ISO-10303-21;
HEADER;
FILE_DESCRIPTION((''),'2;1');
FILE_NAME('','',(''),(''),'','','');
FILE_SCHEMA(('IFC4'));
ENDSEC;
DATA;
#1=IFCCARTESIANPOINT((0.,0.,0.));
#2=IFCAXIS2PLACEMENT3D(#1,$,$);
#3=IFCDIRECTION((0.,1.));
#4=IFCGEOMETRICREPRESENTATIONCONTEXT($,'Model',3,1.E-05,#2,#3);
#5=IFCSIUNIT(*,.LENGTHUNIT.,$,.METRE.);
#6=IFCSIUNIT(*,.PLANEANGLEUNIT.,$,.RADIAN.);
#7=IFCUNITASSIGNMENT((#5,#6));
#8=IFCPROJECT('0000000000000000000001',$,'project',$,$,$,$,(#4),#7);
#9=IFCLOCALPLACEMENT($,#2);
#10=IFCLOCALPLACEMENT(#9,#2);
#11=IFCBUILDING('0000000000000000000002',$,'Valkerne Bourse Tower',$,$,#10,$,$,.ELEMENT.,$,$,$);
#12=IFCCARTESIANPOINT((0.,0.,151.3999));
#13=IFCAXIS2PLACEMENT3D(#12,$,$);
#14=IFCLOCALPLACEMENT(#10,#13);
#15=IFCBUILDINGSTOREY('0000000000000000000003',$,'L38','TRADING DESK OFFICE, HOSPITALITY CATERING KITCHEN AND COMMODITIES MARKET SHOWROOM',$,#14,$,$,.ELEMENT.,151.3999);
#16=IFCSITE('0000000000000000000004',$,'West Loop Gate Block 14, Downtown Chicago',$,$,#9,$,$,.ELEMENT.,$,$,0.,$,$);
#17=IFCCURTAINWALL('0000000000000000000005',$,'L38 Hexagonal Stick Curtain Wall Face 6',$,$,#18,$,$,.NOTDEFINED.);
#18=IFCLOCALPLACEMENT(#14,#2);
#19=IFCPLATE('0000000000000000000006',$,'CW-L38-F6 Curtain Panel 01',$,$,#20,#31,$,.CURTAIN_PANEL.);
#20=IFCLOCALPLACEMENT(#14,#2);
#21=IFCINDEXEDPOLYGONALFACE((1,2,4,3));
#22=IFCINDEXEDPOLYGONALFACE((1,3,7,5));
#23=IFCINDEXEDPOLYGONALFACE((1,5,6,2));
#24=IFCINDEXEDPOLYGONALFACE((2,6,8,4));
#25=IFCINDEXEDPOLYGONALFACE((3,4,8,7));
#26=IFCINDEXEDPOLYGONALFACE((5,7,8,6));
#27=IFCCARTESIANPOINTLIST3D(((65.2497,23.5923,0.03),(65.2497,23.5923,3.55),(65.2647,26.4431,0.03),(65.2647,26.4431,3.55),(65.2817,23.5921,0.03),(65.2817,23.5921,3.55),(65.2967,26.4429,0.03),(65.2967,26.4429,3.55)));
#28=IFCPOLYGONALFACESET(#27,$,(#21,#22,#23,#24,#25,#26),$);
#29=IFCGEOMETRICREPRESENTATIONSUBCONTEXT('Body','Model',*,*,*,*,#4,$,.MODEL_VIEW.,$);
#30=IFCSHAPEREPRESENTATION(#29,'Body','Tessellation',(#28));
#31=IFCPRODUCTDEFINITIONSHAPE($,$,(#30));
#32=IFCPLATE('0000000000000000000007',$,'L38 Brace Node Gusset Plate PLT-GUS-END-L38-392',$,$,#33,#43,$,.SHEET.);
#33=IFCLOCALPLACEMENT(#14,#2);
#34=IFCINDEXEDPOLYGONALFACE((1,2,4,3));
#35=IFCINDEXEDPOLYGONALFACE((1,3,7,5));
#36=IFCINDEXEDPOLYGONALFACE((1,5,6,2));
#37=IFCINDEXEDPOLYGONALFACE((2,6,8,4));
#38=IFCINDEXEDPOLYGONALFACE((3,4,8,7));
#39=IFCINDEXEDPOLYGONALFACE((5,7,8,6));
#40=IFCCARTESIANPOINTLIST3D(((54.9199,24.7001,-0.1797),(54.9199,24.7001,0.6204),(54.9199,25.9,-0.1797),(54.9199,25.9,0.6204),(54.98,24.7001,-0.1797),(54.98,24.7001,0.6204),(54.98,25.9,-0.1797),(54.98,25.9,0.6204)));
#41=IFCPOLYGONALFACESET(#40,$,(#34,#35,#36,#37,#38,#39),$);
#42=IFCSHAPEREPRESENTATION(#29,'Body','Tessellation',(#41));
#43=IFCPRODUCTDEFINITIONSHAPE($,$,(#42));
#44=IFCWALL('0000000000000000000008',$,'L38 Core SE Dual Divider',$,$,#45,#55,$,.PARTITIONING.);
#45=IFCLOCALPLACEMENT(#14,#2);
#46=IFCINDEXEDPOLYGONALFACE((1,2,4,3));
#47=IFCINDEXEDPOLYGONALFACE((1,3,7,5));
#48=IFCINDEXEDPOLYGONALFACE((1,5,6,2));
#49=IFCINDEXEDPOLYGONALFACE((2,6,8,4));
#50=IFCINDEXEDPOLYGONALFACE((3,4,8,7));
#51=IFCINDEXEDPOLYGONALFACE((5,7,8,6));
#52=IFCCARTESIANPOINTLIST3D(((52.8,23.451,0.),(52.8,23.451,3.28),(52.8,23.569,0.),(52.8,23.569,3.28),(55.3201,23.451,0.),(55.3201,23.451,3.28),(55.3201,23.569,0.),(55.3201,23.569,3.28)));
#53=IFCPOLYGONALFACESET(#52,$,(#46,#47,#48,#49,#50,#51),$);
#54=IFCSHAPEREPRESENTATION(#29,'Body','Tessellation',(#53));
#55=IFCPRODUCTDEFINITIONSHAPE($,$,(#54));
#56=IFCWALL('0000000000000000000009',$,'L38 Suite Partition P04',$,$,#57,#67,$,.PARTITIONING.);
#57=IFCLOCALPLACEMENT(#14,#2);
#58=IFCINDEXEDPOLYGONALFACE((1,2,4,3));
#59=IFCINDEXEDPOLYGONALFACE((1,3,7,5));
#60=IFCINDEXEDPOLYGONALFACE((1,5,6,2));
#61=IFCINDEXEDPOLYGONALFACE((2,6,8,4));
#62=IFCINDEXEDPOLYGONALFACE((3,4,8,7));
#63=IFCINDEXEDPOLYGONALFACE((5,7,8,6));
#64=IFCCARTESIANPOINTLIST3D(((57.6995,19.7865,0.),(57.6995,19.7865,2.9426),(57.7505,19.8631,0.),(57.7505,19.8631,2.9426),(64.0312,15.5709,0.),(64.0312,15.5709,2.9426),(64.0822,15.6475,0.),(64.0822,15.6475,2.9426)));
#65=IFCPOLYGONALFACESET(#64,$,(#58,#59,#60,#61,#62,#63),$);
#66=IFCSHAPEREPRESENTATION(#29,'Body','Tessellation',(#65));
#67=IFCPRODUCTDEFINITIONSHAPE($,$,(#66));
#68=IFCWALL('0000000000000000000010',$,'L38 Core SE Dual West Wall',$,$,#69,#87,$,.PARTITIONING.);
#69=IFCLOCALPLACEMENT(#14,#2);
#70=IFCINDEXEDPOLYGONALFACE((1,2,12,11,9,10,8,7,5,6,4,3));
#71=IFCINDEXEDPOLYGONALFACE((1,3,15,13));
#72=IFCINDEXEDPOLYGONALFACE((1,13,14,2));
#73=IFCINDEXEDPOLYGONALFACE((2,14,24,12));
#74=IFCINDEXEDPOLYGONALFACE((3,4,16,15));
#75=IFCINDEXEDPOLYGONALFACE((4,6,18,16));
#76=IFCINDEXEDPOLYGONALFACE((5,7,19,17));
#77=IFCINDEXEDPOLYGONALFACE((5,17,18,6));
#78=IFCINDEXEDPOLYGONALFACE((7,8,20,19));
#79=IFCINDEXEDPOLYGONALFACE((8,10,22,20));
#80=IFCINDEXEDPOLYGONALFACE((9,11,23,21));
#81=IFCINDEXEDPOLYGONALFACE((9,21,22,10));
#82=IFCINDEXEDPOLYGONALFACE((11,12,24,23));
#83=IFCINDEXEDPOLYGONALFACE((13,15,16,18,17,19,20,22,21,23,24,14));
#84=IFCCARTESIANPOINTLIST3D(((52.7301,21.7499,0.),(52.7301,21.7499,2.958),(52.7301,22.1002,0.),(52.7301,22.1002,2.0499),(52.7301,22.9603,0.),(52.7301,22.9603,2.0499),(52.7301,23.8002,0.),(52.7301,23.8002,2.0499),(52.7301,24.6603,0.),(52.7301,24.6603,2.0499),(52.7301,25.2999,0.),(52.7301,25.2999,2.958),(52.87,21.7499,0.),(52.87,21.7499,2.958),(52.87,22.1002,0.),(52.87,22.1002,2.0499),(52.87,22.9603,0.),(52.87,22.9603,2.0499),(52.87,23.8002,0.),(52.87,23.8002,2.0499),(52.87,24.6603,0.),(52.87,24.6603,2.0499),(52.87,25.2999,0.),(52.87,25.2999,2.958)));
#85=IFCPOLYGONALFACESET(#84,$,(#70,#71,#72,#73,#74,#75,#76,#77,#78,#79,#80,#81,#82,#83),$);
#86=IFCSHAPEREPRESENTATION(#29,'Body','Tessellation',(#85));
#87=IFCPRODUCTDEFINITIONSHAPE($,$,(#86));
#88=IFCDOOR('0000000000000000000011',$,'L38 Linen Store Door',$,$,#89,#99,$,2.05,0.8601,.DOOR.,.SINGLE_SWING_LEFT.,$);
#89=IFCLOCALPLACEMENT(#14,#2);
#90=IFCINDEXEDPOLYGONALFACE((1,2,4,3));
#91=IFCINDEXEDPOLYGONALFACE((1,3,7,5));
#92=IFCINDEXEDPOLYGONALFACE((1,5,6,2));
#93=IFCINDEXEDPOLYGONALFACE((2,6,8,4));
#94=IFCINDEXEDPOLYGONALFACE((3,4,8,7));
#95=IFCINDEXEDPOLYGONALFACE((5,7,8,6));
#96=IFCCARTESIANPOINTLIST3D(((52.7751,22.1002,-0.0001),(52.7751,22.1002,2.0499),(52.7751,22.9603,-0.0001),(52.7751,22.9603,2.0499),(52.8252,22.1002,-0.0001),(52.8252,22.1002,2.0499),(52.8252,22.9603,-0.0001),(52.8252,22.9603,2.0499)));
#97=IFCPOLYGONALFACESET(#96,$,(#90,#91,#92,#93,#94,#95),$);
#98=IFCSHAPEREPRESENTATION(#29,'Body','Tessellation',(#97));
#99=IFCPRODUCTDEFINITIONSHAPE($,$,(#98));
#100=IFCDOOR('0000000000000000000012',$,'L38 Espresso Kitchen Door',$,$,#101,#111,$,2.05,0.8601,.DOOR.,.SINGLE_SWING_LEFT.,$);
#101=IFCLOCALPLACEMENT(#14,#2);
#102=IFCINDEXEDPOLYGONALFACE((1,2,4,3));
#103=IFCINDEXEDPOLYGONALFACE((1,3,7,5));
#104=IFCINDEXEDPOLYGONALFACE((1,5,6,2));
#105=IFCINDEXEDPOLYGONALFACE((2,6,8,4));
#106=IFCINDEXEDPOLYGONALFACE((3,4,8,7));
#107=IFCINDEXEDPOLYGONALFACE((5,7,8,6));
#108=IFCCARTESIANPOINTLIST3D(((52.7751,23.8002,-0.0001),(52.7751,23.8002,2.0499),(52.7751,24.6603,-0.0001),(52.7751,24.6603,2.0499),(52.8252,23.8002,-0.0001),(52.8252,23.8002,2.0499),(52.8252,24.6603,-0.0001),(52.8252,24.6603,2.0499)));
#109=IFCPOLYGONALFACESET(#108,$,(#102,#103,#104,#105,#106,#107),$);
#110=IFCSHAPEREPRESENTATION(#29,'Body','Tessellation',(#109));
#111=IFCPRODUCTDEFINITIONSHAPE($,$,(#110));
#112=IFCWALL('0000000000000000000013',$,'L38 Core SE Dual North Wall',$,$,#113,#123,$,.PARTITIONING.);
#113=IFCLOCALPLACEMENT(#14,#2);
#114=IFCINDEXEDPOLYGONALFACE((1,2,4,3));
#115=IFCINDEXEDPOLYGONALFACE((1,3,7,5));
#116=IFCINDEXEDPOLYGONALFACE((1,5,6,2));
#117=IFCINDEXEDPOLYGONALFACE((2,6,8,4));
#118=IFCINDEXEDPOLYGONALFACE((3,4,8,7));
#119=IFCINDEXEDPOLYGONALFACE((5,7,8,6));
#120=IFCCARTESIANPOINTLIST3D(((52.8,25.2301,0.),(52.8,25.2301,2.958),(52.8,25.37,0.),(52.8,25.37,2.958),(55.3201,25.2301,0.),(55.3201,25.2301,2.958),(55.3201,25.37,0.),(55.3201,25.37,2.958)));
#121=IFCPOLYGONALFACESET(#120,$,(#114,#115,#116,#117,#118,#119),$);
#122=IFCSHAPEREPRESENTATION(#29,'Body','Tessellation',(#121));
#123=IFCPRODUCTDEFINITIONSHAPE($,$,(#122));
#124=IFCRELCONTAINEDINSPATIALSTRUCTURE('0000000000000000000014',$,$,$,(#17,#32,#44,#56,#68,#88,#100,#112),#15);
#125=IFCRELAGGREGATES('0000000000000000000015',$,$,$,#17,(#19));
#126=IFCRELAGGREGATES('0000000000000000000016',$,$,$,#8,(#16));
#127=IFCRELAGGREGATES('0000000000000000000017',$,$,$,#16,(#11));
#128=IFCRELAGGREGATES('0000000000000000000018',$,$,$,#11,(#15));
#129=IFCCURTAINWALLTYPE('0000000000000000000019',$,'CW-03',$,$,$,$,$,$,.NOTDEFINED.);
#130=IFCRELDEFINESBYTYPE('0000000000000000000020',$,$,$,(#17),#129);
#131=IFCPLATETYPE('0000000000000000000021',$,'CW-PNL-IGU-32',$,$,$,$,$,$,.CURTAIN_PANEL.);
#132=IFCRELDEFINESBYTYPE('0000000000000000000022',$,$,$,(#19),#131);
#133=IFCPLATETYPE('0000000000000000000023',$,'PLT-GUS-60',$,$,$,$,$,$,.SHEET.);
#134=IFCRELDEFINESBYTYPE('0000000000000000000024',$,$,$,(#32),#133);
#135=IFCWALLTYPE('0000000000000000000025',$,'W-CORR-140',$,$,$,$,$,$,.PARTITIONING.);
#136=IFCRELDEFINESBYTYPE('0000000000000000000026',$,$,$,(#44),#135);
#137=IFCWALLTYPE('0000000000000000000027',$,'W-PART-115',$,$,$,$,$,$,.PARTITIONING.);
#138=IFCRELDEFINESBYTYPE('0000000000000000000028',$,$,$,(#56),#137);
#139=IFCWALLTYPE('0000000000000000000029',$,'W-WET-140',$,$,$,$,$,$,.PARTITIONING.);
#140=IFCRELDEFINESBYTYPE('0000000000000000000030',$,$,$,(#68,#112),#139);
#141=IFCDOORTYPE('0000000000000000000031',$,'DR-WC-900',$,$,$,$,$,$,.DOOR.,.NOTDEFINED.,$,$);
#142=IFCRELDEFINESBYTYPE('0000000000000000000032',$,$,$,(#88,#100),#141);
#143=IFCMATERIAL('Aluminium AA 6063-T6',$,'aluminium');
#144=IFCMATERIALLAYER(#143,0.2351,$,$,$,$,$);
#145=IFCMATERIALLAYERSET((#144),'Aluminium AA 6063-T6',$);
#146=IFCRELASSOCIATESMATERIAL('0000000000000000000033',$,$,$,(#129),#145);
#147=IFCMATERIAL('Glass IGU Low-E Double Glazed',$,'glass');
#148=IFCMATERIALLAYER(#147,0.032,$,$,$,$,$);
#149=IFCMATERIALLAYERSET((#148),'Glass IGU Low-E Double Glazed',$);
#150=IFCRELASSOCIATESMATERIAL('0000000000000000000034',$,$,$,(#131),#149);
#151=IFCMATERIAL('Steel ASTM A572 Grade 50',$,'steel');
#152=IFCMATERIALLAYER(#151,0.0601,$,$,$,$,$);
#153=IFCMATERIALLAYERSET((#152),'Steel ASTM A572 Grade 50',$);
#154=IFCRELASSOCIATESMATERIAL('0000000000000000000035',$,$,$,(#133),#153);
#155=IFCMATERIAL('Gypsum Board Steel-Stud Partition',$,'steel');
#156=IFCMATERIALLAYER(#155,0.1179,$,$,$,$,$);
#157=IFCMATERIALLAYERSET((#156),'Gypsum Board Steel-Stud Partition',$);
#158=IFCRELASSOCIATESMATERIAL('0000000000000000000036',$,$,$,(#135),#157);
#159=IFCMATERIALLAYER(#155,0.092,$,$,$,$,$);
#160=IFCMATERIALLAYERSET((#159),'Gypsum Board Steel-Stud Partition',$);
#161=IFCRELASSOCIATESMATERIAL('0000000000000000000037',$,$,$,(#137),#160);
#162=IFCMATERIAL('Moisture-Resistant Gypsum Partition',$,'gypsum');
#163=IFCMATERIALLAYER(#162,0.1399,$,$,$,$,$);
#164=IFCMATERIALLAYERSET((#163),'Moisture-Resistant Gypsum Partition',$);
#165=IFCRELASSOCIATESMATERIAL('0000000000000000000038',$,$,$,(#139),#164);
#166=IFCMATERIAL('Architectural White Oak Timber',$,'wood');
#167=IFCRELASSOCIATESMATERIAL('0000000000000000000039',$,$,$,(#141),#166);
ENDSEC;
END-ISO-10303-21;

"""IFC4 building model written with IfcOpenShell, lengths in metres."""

from ifc_helpers import new_model, si_unit, direction, frame, frame_2d, origin, origin_2d, place, context, subcontext, project, spatial, rectangle, extrude, material, layer, layer_set, type_object, element, fill, aggregate, save


model = new_model("IFC4")

# Units and contexts
model_context = context("Model", 3, precision=1e-05, world=origin(), true_north=direction((0.0, 1.0)))
body_context = subcontext(model_context, "Body", "Model", "MODEL_VIEW")
ifc_project = project(units=[si_unit("LENGTHUNIT", "METRE"), si_unit("PLANEANGLEUNIT", "RADIAN")], contexts=[model_context])

# Site, building, storey
site_placement = place(None, origin())
site = spatial("IfcSite", under=ifc_project, at=site_placement, Name="West Loop Gate Block 14, Downtown Chicago", CompositionType="ELEMENT", RefElevation=0.0)
building_placement = place(site_placement, origin())
building = spatial("IfcBuilding", under=site, at=building_placement, Name="Valkerne Bourse Tower", CompositionType="ELEMENT")
storey_placement = place(building_placement, frame((0.0, 0.0, 151.3999)))
storey = spatial("IfcBuildingStorey", under=building, at=storey_placement, Name="L38", Description="TRADING DESK OFFICE, HOSPITALITY CATERING KITCHEN AND COMMODITIES MARKET SHOWROOM", CompositionType="ELEMENT", Elevation=151.3999)

# Curtain wall
ifc_material_1 = material(Name="Aluminium AA 6063-T6", Category="aluminium")
ifc_layer_1 = layer(ifc_material_1, 0.2351)
ifc_layer_set_1 = layer_set([ifc_layer_1], Name="Aluminium AA 6063-T6")
curtain_wall_type = type_object("IfcCurtainWallType", Name="CW-03", PredefinedType="NOTDEFINED", material=ifc_layer_set_1)
curtain_wall_placement = place(storey_placement, origin())
curtain_wall = element("IfcCurtainWall", 1, at=curtain_wall_placement, inside=storey, type_object=curtain_wall_type, Name="L38 Hexagonal Stick Curtain Wall Face 6", PredefinedType="NOTDEFINED")

# Plates
ifc_material_2 = material(Name="Glass IGU Low-E Double Glazed", Category="glass")
ifc_layer_2 = layer(ifc_material_2, 0.032)
ifc_layer_set_2 = layer_set([ifc_layer_2], Name="Glass IGU Low-E Double Glazed")
plate_type_1 = type_object("IfcPlateType", Name="CW-PNL-IGU-32", PredefinedType="CURTAIN_PANEL", material=ifc_layer_set_2)
plate_1_placement = place(storey_placement, frame((65.2732, 25.0176, 0.03), z_axis=(0.0, 0.0, 1.0), x_axis=(0.005251, 0.999986, 0.0)))
plate_1 = element("IfcPlate", 2, at=plate_1_placement, type_object=plate_type_1, Name="CW-L38-F6 Curtain Panel 01", PredefinedType="CURTAIN_PANEL", context=body_context, shape_type="SweptSolid", body=[
    extrude(rectangle(XDim=2.8508, YDim=0.032, at=origin_2d()), origin(), (0.0, 0.0, 1.0), 3.52),
])
aggregate(curtain_wall, [plate_1])
ifc_material_3 = material(Name="Steel ASTM A572 Grade 50", Category="steel")
ifc_layer_3 = layer(ifc_material_3, 0.0601)
ifc_layer_set_3 = layer_set([ifc_layer_3], Name="Steel ASTM A572 Grade 50")
plate_type_2 = type_object("IfcPlateType", Name="PLT-GUS-60", PredefinedType="SHEET", material=ifc_layer_set_3)
plate_2_placement = place(storey_placement, frame((54.95, 25.3, -0.1797), z_axis=(0.0, 0.0, 1.0), x_axis=(0.0, 1.0, 0.0)))
element("IfcPlate", 3, at=plate_2_placement, inside=storey, type_object=plate_type_2, Name="L38 Brace Node Gusset Plate PLT-GUS-END-L38-392", PredefinedType="SHEET", context=body_context, shape_type="SweptSolid", body=[
    extrude(rectangle(XDim=1.2, YDim=0.0601, at=origin_2d()), origin(), (0.0, 0.0, 1.0), 0.8),
])

# Walls
ifc_material_4 = material(Name="Gypsum Board Steel-Stud Partition", Category="steel")
ifc_layer_4 = layer(ifc_material_4, 0.1179)
ifc_layer_set_4 = layer_set([ifc_layer_4], Name="Gypsum Board Steel-Stud Partition")
wall_type_1 = type_object("IfcWallType", Name="W-CORR-140", PredefinedType="PARTITIONING", material=ifc_layer_set_4)
wall_1_placement = place(storey_placement, frame((52.8, 23.51, 0.0), z_axis=(0.0, 0.0, 1.0), x_axis=(1.0, 0.0, 0.0)))
element("IfcWall", 4, at=wall_1_placement, inside=storey, type_object=wall_type_1, Name="L38 Core SE Dual Divider", PredefinedType="PARTITIONING", context=body_context, shape_type="SweptSolid", body=[
    extrude(rectangle(XDim=2.52, YDim=0.1179, at=frame_2d((1.26, 0.0))), origin(), (0.0, 0.0, 1.0), 3.28),
])
ifc_layer_5 = layer(ifc_material_4, 0.092)
ifc_layer_set_5 = layer_set([ifc_layer_5], Name="Gypsum Board Steel-Stud Partition")
wall_type_2 = type_object("IfcWallType", Name="W-PART-115", PredefinedType="PARTITIONING", material=ifc_layer_set_5)
wall_2_placement = place(storey_placement, frame((57.7251, 19.8247, 0.0), z_axis=(0.0, 0.0, 1.0), x_axis=(0.832391, -0.554189, 0.0)))
element("IfcWall", 5, at=wall_2_placement, inside=storey, type_object=wall_type_2, Name="L38 Suite Partition P04", PredefinedType="PARTITIONING", context=body_context, shape_type="SweptSolid", body=[
    extrude(rectangle(XDim=7.6067, YDim=0.092, at=frame_2d((3.8032, 0.0))), origin(), (0.0, 0.0, 1.0), 2.9426),
])

# Wall, openings, doors
ifc_material_5 = material(Name="Moisture-Resistant Gypsum Partition", Category="gypsum")
ifc_layer_6 = layer(ifc_material_5, 0.1399)
ifc_layer_set_6 = layer_set([ifc_layer_6], Name="Moisture-Resistant Gypsum Partition")
wall_type_3 = type_object("IfcWallType", Name="W-WET-140", PredefinedType="PARTITIONING", material=ifc_layer_set_6)
wall_3_placement = place(storey_placement, frame((52.8, 21.75, 0.0), z_axis=(0.0, 0.0, 1.0), x_axis=(0.0, 1.0, 0.0)))
wall_3 = element("IfcWall", 6, at=wall_3_placement, inside=storey, type_object=wall_type_3, Name="L38 Core SE Dual West Wall", PredefinedType="PARTITIONING", context=body_context, shape_type="SweptSolid", body=[
    extrude(rectangle(XDim=3.55, YDim=0.1399, at=frame_2d((1.7749, 0.0))), origin(), (0.0, 0.0, 1.0), 2.958),
])
opening_1_placement = place(wall_3_placement, frame((0.3501, 0.0, 0.0)))
opening_1 = element("IfcOpeningElement", 7, at=opening_1_placement, cuts=wall_3, PredefinedType="OPENING", context=body_context, shape_type="SweptSolid", body=[
    extrude(rectangle(XDim=0.8601, YDim=2.05, at=frame_2d((0.4302, 1.0249))), frame((0.0, 0.0798, 0.0), z_axis=(0.0, -1.0, 0.0), x_axis=(1.0, 0.0, 0.0)), (0.0, 0.0, 1.0), 0.1599),
])
opening_2_placement = place(wall_3_placement, frame((2.05, 0.0, 0.0)))
opening_2 = element("IfcOpeningElement", 8, at=opening_2_placement, cuts=wall_3, PredefinedType="OPENING", context=body_context, shape_type="SweptSolid", body=[
    extrude(rectangle(XDim=0.8601, YDim=2.05, at=frame_2d((0.4302, 1.0249))), frame((0.0, 0.0798, 0.0), z_axis=(0.0, -1.0, 0.0), x_axis=(1.0, 0.0, 0.0)), (0.0, 0.0, 1.0), 0.1599),
])
ifc_material_6 = material(Name="Architectural White Oak Timber", Category="wood")
door_type = type_object("IfcDoorType", Name="DR-WC-900", OperationType="NOTDEFINED", PredefinedType="DOOR", material=ifc_material_6)
door_1_placement = place(opening_1_placement, origin())
door_1 = element("IfcDoor", 9, at=door_1_placement, inside=storey, type_object=door_type, Name="L38 Linen Store Door", OperationType="SINGLE_SWING_LEFT", OverallHeight=2.05, OverallWidth=0.8601, PredefinedType="DOOR", context=body_context, shape_type="SweptSolid", body=[
    extrude(rectangle(XDim=0.8601, YDim=2.05, at=frame_2d((0.4302, 1.0249))), frame((0.0, 0.0249, 0.0), z_axis=(0.0, -1.0, 0.0), x_axis=(1.0, 0.0, 0.0)), (0.0, 0.0, 1.0), 0.05),
])
fill(opening_1, door_1)
door_2_placement = place(opening_2_placement, origin())
door_2 = element("IfcDoor", 10, at=door_2_placement, inside=storey, type_object=door_type, Name="L38 Espresso Kitchen Door", OperationType="SINGLE_SWING_LEFT", OverallHeight=2.05, OverallWidth=0.8601, PredefinedType="DOOR", context=body_context, shape_type="SweptSolid", body=[
    extrude(rectangle(XDim=0.8601, YDim=2.05, at=frame_2d((0.4302, 1.0249))), frame((0.0, 0.0249, 0.0), z_axis=(0.0, -1.0, 0.0), x_axis=(1.0, 0.0, 0.0)), (0.0, 0.0, 1.0), 0.05),
])
fill(opening_2, door_2)

# Wall
wall_4_placement = place(storey_placement, frame((52.8, 25.3, 0.0), z_axis=(0.0, 0.0, 1.0), x_axis=(1.0, 0.0, 0.0)))
element("IfcWall", 11, at=wall_4_placement, inside=storey, type_object=wall_type_3, Name="L38 Core SE Dual North Wall", PredefinedType="PARTITIONING", context=body_context, shape_type="SweptSolid", body=[
    extrude(rectangle(XDim=2.52, YDim=0.1399, at=frame_2d((1.26, 0.0))), origin(), (0.0, 0.0, 1.0), 2.958),
])

save(model, "model.ifc")
